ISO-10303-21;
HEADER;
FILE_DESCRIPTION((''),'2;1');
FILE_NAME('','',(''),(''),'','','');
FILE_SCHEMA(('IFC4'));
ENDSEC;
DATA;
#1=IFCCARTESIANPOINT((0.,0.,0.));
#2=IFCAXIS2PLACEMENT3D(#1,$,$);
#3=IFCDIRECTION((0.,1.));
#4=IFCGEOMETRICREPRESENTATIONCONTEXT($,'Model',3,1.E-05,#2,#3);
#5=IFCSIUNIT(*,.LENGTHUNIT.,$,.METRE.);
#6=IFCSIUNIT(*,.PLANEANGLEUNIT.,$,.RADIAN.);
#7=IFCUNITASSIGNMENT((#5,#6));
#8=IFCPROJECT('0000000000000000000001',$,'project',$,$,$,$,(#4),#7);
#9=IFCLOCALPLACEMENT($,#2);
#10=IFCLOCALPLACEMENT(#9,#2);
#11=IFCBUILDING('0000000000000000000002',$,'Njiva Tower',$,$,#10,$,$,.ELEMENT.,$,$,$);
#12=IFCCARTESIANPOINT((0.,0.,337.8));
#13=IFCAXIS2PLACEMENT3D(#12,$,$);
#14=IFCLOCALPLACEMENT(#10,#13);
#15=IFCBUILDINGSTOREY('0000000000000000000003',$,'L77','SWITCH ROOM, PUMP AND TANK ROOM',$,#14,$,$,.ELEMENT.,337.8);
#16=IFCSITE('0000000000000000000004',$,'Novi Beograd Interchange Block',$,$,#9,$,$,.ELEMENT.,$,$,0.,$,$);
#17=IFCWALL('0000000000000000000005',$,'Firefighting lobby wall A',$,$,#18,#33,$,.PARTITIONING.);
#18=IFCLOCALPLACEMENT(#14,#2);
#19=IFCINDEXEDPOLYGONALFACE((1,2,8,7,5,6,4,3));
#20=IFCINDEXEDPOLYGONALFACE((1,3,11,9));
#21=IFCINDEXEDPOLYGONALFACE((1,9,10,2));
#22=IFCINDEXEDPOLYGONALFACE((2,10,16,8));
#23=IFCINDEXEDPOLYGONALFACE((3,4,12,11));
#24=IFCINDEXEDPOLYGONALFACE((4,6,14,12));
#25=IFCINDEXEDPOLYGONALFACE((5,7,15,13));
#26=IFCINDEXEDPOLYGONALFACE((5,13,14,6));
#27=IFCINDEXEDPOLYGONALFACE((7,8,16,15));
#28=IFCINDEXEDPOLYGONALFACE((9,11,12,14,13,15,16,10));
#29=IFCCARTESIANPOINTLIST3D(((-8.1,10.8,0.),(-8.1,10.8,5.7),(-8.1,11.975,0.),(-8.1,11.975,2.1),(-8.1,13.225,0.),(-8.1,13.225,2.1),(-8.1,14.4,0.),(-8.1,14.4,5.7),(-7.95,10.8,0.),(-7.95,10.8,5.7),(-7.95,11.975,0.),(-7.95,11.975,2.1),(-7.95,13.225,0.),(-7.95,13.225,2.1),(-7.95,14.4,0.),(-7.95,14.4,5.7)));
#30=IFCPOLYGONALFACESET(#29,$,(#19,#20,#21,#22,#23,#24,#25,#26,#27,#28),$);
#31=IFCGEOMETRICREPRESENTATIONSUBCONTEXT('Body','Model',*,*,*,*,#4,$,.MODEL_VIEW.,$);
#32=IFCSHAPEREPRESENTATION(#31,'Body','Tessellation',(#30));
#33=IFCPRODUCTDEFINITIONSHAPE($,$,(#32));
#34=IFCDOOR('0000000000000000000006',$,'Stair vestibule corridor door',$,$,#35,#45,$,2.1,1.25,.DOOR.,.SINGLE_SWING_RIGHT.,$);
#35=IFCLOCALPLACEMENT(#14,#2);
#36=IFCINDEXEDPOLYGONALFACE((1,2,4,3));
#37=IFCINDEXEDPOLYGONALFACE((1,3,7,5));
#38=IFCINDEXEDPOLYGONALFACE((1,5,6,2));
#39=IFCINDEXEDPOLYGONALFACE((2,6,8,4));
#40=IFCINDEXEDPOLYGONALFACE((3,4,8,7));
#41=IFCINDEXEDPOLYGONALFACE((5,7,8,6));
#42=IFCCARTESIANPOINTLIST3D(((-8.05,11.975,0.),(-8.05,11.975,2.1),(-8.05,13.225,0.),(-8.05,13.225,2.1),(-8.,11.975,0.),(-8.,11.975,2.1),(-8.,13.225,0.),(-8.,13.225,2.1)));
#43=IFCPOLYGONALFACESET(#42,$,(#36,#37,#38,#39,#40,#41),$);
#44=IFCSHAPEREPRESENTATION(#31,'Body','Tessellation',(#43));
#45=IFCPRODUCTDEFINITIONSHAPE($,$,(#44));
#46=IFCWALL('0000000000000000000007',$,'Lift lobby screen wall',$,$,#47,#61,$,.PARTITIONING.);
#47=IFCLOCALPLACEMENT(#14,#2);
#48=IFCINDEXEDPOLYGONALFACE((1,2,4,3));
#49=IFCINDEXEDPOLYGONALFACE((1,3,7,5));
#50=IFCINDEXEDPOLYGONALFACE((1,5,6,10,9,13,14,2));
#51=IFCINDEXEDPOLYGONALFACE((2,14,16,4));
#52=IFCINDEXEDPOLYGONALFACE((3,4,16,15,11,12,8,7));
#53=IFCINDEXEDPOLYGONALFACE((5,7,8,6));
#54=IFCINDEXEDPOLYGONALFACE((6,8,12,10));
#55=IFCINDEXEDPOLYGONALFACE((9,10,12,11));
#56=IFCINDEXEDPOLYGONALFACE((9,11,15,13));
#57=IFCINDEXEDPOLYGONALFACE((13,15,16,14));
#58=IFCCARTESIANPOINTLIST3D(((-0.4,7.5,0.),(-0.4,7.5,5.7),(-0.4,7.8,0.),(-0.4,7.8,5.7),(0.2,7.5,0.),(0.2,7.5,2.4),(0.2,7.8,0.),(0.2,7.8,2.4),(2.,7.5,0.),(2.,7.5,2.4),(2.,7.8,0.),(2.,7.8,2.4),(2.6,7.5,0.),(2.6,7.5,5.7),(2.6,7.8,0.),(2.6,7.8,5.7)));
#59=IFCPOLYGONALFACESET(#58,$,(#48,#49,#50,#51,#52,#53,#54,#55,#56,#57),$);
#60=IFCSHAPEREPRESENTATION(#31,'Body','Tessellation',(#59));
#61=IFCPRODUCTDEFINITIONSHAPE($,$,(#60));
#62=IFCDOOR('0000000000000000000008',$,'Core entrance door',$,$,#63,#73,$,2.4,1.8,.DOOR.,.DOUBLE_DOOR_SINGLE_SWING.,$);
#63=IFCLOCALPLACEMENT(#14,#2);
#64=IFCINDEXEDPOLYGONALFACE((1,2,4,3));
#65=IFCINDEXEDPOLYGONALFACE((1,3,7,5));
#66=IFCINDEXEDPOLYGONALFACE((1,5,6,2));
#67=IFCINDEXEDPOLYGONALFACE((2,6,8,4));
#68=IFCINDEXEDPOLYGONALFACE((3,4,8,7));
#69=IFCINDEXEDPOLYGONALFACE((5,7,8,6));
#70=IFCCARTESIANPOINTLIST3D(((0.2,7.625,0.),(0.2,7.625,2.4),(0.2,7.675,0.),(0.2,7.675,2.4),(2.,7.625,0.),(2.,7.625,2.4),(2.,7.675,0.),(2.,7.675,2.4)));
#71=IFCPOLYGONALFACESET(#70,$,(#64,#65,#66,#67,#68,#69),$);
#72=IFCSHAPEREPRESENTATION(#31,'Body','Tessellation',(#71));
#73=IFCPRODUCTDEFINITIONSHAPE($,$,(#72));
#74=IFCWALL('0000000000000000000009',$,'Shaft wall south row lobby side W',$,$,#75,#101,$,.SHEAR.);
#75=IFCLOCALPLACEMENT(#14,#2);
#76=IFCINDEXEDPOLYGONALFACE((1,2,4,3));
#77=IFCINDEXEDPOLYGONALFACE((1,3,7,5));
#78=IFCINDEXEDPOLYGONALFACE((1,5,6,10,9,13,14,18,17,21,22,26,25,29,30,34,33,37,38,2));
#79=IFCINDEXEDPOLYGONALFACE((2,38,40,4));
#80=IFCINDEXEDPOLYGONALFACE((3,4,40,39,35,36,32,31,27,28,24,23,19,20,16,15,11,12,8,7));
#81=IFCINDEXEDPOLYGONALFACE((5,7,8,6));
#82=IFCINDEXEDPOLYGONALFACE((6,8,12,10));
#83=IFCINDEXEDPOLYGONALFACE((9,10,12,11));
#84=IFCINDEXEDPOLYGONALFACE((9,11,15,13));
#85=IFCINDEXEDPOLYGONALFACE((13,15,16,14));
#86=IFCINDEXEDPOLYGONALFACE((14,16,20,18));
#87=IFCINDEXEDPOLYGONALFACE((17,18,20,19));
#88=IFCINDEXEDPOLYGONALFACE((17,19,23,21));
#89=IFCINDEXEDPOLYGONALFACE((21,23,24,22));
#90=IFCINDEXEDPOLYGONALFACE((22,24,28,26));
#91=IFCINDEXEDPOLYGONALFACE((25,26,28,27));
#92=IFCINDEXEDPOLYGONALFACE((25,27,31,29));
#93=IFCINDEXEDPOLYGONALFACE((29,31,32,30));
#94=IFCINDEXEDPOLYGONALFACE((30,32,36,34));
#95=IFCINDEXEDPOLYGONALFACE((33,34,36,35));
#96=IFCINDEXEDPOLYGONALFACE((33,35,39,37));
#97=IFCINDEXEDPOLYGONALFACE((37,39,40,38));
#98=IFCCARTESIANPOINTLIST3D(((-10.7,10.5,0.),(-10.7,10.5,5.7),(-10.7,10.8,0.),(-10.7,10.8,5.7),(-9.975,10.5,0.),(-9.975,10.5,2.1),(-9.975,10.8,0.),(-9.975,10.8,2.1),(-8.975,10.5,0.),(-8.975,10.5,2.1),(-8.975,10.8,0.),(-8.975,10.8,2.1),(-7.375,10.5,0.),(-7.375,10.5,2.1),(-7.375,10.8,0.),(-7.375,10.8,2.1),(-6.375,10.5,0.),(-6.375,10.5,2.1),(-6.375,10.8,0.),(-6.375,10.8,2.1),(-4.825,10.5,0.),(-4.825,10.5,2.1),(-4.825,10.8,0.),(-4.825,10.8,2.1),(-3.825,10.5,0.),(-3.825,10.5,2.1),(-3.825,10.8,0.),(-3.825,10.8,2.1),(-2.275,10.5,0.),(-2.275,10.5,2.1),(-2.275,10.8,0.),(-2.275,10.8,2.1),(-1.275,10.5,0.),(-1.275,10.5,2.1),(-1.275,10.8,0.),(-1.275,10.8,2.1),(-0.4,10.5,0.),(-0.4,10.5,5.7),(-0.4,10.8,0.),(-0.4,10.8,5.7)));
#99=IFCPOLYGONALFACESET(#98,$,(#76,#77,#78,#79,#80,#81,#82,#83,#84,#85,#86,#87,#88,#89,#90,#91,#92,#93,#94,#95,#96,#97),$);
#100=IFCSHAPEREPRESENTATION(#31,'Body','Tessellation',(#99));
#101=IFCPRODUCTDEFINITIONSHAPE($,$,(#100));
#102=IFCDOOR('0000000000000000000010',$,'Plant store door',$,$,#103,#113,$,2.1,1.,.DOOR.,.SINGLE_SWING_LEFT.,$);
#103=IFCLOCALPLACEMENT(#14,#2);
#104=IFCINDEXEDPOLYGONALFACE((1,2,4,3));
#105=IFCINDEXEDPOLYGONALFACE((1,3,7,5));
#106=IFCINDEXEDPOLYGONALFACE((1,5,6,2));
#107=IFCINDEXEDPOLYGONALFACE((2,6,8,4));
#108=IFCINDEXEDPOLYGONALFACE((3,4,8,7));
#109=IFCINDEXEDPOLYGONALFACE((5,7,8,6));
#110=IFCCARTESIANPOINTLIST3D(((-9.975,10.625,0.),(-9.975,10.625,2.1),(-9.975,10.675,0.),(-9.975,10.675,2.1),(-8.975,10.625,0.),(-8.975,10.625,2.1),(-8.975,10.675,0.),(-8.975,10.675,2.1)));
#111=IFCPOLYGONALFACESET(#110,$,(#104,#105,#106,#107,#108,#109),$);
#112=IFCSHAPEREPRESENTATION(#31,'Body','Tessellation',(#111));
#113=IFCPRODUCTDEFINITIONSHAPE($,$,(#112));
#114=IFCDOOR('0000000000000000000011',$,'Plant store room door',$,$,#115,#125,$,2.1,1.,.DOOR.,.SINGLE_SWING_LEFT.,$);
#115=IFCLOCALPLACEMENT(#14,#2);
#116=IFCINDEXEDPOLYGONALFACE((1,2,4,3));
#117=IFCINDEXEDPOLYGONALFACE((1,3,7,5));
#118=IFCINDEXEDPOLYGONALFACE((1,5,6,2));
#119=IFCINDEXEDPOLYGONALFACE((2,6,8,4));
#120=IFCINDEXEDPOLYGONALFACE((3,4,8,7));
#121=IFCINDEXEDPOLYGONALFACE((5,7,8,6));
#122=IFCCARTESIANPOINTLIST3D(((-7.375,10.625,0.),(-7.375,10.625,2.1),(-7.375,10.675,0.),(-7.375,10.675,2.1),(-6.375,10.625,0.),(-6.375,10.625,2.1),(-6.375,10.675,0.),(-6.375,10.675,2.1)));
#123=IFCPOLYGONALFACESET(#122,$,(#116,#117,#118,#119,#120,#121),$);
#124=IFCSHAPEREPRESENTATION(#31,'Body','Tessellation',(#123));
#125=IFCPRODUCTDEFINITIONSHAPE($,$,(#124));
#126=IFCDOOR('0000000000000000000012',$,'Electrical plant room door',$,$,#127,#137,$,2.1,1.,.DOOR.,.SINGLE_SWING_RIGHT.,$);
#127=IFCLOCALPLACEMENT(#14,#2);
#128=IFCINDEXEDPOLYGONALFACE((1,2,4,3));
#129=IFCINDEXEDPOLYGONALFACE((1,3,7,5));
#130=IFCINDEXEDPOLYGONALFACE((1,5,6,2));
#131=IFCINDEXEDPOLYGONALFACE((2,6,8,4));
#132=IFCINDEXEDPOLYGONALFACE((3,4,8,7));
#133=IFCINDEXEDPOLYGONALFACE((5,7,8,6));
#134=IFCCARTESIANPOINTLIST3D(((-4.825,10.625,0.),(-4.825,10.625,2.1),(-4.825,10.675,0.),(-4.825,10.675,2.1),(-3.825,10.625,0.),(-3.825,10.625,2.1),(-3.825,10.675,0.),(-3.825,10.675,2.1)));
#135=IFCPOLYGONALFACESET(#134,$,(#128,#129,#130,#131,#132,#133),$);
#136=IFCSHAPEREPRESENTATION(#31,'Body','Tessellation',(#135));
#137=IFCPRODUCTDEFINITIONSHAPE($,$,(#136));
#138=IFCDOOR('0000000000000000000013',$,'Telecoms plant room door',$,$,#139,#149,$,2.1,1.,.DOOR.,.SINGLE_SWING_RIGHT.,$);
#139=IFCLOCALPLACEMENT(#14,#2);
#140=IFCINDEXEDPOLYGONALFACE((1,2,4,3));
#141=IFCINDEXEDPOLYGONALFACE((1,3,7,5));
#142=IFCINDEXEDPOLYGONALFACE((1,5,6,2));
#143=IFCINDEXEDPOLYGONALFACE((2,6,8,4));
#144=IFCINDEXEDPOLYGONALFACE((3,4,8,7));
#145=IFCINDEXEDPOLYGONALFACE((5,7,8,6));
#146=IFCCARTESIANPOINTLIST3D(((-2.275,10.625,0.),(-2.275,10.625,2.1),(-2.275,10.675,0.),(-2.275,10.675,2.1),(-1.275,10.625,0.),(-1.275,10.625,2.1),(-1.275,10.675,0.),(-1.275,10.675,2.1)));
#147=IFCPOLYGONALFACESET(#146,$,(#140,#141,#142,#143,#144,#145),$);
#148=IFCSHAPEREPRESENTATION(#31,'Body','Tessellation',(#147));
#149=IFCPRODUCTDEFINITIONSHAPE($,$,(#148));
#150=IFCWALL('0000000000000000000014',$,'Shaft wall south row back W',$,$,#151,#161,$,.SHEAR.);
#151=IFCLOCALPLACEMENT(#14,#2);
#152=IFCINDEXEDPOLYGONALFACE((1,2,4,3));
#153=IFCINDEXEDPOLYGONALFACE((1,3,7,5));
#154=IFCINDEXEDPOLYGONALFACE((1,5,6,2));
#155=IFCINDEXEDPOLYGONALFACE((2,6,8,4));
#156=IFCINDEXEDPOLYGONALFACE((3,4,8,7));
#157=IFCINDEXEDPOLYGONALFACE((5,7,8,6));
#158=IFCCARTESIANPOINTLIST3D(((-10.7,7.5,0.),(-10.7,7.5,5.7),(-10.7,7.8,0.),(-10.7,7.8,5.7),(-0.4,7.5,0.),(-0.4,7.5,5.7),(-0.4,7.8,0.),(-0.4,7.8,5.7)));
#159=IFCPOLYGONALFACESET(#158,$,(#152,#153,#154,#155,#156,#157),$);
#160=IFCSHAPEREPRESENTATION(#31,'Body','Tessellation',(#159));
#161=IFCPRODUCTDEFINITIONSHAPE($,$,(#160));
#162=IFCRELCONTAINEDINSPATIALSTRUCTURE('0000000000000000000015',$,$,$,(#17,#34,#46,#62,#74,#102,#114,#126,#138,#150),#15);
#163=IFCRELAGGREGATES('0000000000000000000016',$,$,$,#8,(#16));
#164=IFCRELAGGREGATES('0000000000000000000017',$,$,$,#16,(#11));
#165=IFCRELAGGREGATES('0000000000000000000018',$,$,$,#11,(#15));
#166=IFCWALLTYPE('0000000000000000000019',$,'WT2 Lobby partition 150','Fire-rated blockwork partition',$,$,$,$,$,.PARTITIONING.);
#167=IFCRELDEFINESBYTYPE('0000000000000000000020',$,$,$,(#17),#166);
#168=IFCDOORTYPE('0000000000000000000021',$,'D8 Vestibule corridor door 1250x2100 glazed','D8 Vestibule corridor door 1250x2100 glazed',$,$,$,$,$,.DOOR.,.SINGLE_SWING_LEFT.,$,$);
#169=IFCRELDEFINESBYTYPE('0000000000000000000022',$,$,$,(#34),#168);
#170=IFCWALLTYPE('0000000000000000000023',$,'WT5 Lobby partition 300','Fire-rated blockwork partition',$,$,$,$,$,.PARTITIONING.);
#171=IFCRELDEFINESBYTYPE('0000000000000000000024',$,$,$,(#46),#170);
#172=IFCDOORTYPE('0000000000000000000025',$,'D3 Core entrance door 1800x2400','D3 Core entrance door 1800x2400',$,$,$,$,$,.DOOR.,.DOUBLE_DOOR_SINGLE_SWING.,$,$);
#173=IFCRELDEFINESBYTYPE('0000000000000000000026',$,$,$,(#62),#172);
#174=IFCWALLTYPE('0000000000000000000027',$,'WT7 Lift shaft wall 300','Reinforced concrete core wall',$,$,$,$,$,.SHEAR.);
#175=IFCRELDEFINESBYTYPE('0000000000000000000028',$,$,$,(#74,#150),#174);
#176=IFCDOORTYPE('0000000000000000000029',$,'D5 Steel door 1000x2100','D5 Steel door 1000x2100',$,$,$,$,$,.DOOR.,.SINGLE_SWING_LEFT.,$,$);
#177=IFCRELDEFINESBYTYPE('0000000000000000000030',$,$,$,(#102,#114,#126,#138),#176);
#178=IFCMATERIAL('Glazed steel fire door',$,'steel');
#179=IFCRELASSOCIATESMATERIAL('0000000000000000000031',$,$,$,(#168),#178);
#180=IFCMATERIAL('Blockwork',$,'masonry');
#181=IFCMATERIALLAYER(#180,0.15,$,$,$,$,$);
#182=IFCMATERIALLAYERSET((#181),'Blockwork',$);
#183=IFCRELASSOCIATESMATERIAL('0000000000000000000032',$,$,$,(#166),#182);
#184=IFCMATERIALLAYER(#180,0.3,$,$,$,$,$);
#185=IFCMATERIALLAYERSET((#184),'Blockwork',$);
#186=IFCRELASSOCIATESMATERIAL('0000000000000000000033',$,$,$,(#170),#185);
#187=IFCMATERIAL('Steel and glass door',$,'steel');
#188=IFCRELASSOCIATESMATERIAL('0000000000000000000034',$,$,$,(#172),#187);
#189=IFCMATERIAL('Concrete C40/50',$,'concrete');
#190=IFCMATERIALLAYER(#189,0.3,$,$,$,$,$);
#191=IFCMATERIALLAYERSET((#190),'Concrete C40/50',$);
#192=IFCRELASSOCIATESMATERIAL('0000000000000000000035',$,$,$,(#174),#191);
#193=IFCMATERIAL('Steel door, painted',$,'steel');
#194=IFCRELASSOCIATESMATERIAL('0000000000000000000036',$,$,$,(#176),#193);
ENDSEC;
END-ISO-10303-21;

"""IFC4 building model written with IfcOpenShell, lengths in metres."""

from ifc_helpers import new_model, si_unit, direction, frame, frame_2d, origin, place, context, subcontext, project, spatial, rectangle, extrude, material, layer, layer_set, type_object, element, fill, save


model = new_model("IFC4")

# Units and contexts
model_context = context("Model", 3, precision=1e-05, world=origin(), true_north=direction((0.0, 1.0)))
body_context = subcontext(model_context, "Body", "Model", "MODEL_VIEW")
ifc_project = project(units=[si_unit("LENGTHUNIT", "METRE"), si_unit("PLANEANGLEUNIT", "RADIAN")], contexts=[model_context])

# Site, building, storey
site_placement = place(None, origin())
site = spatial("IfcSite", under=ifc_project, at=site_placement, Name="Novi Beograd Interchange Block", CompositionType="ELEMENT", RefElevation=0.0)
building_placement = place(site_placement, origin())
building = spatial("IfcBuilding", under=site, at=building_placement, Name="Njiva Tower", CompositionType="ELEMENT")
storey_placement = place(building_placement, frame((0.0, 0.0, 337.8)))
storey = spatial("IfcBuildingStorey", under=building, at=storey_placement, Name="L77", Description="SWITCH ROOM, PUMP AND TANK ROOM", CompositionType="ELEMENT", Elevation=337.8)

# Shared definitions
ifc_material_1 = material(Name="Blockwork", Category="masonry")

# Shared definitions
ifc_material_2 = material(Name="Concrete C40/50", Category="concrete")
ifc_material_3 = material(Name="Steel door, painted", Category="steel")
ifc_material_4 = material(Name="Glazed steel fire door", Category="steel")
door_type_1 = type_object("IfcDoorType", Name="D8 Vestibule corridor door 1250x2100 glazed", Description="D8 Vestibule corridor door 1250x2100 glazed", OperationType="SINGLE_SWING_LEFT", PredefinedType="DOOR", material=ifc_material_4)

# Walls, openings, doors
ifc_layer_1 = layer(ifc_material_1, 0.15)
ifc_layer_set_1 = layer_set([ifc_layer_1], Name="Blockwork")
wall_type_1 = type_object("IfcWallType", Name="WT2 Lobby partition 150", Description="Fire-rated blockwork partition", PredefinedType="PARTITIONING", material=ifc_layer_set_1)
wall_1_placement = place(storey_placement, frame((-8.025, 10.8, 0.0), z_axis=(0.0, 0.0, 1.0), x_axis=(0.0, 1.0, 0.0)))
wall_1 = element("IfcWall", 1, at=wall_1_placement, inside=storey, type_object=wall_type_1, Name="Firefighting lobby wall A", PredefinedType="PARTITIONING", context=body_context, shape_type="SweptSolid", body=[
    extrude(rectangle(XDim=3.6, YDim=0.15, at=frame_2d((1.8, 0.0))), origin(), (0.0, 0.0, 1.0), 5.7),
])
opening_1_placement = place(wall_1_placement, frame((1.175, 0.0, 0.0)))
opening_1 = element("IfcOpeningElement", 2, at=opening_1_placement, cuts=wall_1, PredefinedType="OPENING", context=body_context, shape_type="SweptSolid", body=[
    extrude(rectangle(XDim=1.25, YDim=2.1, at=frame_2d((0.625, 1.05))), frame((0.0, 0.085, 0.0), z_axis=(0.0, -1.0, 0.0), x_axis=(1.0, 0.0, 0.0)), (0.0, 0.0, 1.0), 0.17),
])
door_1_placement = place(opening_1_placement, origin())
door_1 = element("IfcDoor", 3, at=door_1_placement, inside=storey, type_object=door_type_1, Name="Stair vestibule corridor door", OperationType="SINGLE_SWING_RIGHT", OverallHeight=2.1, OverallWidth=1.25, PredefinedType="DOOR", context=body_context, shape_type="SweptSolid", body=[
    extrude(rectangle(XDim=1.25, YDim=2.1, at=frame_2d((0.625, 1.05))), frame((0.0, 0.025, 0.0), z_axis=(0.0, -1.0, 0.0), x_axis=(1.0, 0.0, 0.0)), (0.0, 0.0, 1.0), 0.05),
])
fill(opening_1, door_1)
ifc_layer_2 = layer(ifc_material_1, 0.3)
ifc_layer_set_2 = layer_set([ifc_layer_2], Name="Blockwork")
wall_type_2 = type_object("IfcWallType", Name="WT5 Lobby partition 300", Description="Fire-rated blockwork partition", PredefinedType="PARTITIONING", material=ifc_layer_set_2)
wall_2_placement = place(storey_placement, frame((-0.4, 7.65, 0.0), z_axis=(0.0, 0.0, 1.0), x_axis=(1.0, 0.0, 0.0)))
wall_2 = element("IfcWall", 4, at=wall_2_placement, inside=storey, type_object=wall_type_2, Name="Lift lobby screen wall", PredefinedType="PARTITIONING", context=body_context, shape_type="SweptSolid", body=[
    extrude(rectangle(XDim=3.0, YDim=0.3, at=frame_2d((1.5, 0.0))), origin(), (0.0, 0.0, 1.0), 5.7),
])
opening_2_placement = place(wall_2_placement, frame((0.6, 0.0, 0.0)))
opening_2 = element("IfcOpeningElement", 5, at=opening_2_placement, cuts=wall_2, PredefinedType="OPENING", context=body_context, shape_type="SweptSolid", body=[
    extrude(rectangle(XDim=1.8, YDim=2.4, at=frame_2d((0.9, 1.2))), frame((0.0, 0.16, 0.0), z_axis=(0.0, -1.0, 0.0), x_axis=(1.0, 0.0, 0.0)), (0.0, 0.0, 1.0), 0.32),
])
ifc_material_5 = material(Name="Steel and glass door", Category="steel")
door_type_2 = type_object("IfcDoorType", Name="D3 Core entrance door 1800x2400", Description="D3 Core entrance door 1800x2400", OperationType="DOUBLE_DOOR_SINGLE_SWING", PredefinedType="DOOR", material=ifc_material_5)
door_2_placement = place(opening_2_placement, origin())
door_2 = element("IfcDoor", 6, at=door_2_placement, inside=storey, type_object=door_type_2, Name="Core entrance door", OperationType="DOUBLE_DOOR_SINGLE_SWING", OverallHeight=2.4, OverallWidth=1.8, PredefinedType="DOOR", context=body_context, shape_type="SweptSolid", body=[
    extrude(rectangle(XDim=1.8, YDim=2.4, at=frame_2d((0.9, 1.2))), frame((0.0, 0.025, 0.0), z_axis=(0.0, -1.0, 0.0), x_axis=(1.0, 0.0, 0.0)), (0.0, 0.0, 1.0), 0.05),
])
fill(opening_2, door_2)

# Wall, openings, doors
ifc_layer_3 = layer(ifc_material_2, 0.3)
ifc_layer_set_3 = layer_set([ifc_layer_3], Name="Concrete C40/50")
wall_type_3 = type_object("IfcWallType", Name="WT7 Lift shaft wall 300", Description="Reinforced concrete core wall", PredefinedType="SHEAR", material=ifc_layer_set_3)
wall_3_placement = place(storey_placement, frame((-10.7, 10.65, 0.0), z_axis=(0.0, 0.0, 1.0), x_axis=(1.0, 0.0, 0.0)))
wall_3 = element("IfcWall", 7, at=wall_3_placement, inside=storey, type_object=wall_type_3, Name="Shaft wall south row lobby side W", PredefinedType="SHEAR", context=body_context, shape_type="SweptSolid", body=[
    extrude(rectangle(XDim=10.3, YDim=0.3, at=frame_2d((5.15, 0.0))), origin(), (0.0, 0.0, 1.0), 5.7),
])
opening_3_placement = place(wall_3_placement, frame((0.725, 0.0, 0.0)))
opening_3 = element("IfcOpeningElement", 8, at=opening_3_placement, cuts=wall_3, PredefinedType="OPENING", context=body_context, shape_type="SweptSolid", body=[
    extrude(rectangle(XDim=1.0, YDim=2.1, at=frame_2d((0.5, 1.05))), frame((0.0, 0.16, 0.0), z_axis=(0.0, -1.0, 0.0), x_axis=(1.0, 0.0, 0.0)), (0.0, 0.0, 1.0), 0.32),
])
opening_4_placement = place(wall_3_placement, frame((3.325, 0.0, 0.0)))
opening_4 = element("IfcOpeningElement", 9, at=opening_4_placement, cuts=wall_3, PredefinedType="OPENING", context=body_context, shape_type="SweptSolid", body=[
    extrude(rectangle(XDim=1.0, YDim=2.1, at=frame_2d((0.5, 1.05))), frame((0.0, 0.16, 0.0), z_axis=(0.0, -1.0, 0.0), x_axis=(1.0, 0.0, 0.0)), (0.0, 0.0, 1.0), 0.32),
])
opening_5_placement = place(wall_3_placement, frame((5.875, 0.0, 0.0)))
opening_5 = element("IfcOpeningElement", 10, at=opening_5_placement, cuts=wall_3, PredefinedType="OPENING", context=body_context, shape_type="SweptSolid", body=[
    extrude(rectangle(XDim=1.0, YDim=2.1, at=frame_2d((0.5, 1.05))), frame((0.0, 0.16, 0.0), z_axis=(0.0, -1.0, 0.0), x_axis=(1.0, 0.0, 0.0)), (0.0, 0.0, 1.0), 0.32),
])
opening_6_placement = place(wall_3_placement, frame((8.425, 0.0, 0.0)))
opening_6 = element("IfcOpeningElement", 11, at=opening_6_placement, cuts=wall_3, PredefinedType="OPENING", context=body_context, shape_type="SweptSolid", body=[
    extrude(rectangle(XDim=1.0, YDim=2.1, at=frame_2d((0.5, 1.05))), frame((0.0, 0.16, 0.0), z_axis=(0.0, -1.0, 0.0), x_axis=(1.0, 0.0, 0.0)), (0.0, 0.0, 1.0), 0.32),
])
door_type_3 = type_object("IfcDoorType", Name="D5 Steel door 1000x2100", Description="D5 Steel door 1000x2100", OperationType="SINGLE_SWING_LEFT", PredefinedType="DOOR", material=ifc_material_3)
door_3_placement = place(opening_3_placement, origin())
door_3 = element("IfcDoor", 12, at=door_3_placement, inside=storey, type_object=door_type_3, Name="Plant store door", OperationType="SINGLE_SWING_LEFT", OverallHeight=2.1, OverallWidth=1.0, PredefinedType="DOOR", context=body_context, shape_type="SweptSolid", body=[
    extrude(rectangle(XDim=1.0, YDim=2.1, at=frame_2d((0.5, 1.05))), frame((0.0, 0.025, 0.0), z_axis=(0.0, -1.0, 0.0), x_axis=(1.0, 0.0, 0.0)), (0.0, 0.0, 1.0), 0.05),
])
fill(opening_3, door_3)
door_4_placement = place(opening_4_placement, origin())
door_4 = element("IfcDoor", 13, at=door_4_placement, inside=storey, type_object=door_type_3, Name="Plant store room door", OperationType="SINGLE_SWING_LEFT", OverallHeight=2.1, OverallWidth=1.0, PredefinedType="DOOR", context=body_context, shape_type="SweptSolid", body=[
    extrude(rectangle(XDim=1.0, YDim=2.1, at=frame_2d((0.5, 1.05))), frame((0.0, 0.025, 0.0), z_axis=(0.0, -1.0, 0.0), x_axis=(1.0, 0.0, 0.0)), (0.0, 0.0, 1.0), 0.05),
])
fill(opening_4, door_4)
door_5_placement = place(opening_5_placement, origin())
door_5 = element("IfcDoor", 14, at=door_5_placement, inside=storey, type_object=door_type_3, Name="Electrical plant room door", OperationType="SINGLE_SWING_RIGHT", OverallHeight=2.1, OverallWidth=1.0, PredefinedType="DOOR", context=body_context, shape_type="SweptSolid", body=[
    extrude(rectangle(XDim=1.0, YDim=2.1, at=frame_2d((0.5, 1.05))), frame((0.0, 0.025, 0.0), z_axis=(0.0, -1.0, 0.0), x_axis=(1.0, 0.0, 0.0)), (0.0, 0.0, 1.0), 0.05),
])
fill(opening_5, door_5)
door_6_placement = place(opening_6_placement, origin())
door_6 = element("IfcDoor", 15, at=door_6_placement, inside=storey, type_object=door_type_3, Name="Telecoms plant room door", OperationType="SINGLE_SWING_RIGHT", OverallHeight=2.1, OverallWidth=1.0, PredefinedType="DOOR", context=body_context, shape_type="SweptSolid", body=[
    extrude(rectangle(XDim=1.0, YDim=2.1, at=frame_2d((0.5, 1.05))), frame((0.0, 0.025, 0.0), z_axis=(0.0, -1.0, 0.0), x_axis=(1.0, 0.0, 0.0)), (0.0, 0.0, 1.0), 0.05),
])
fill(opening_6, door_6)

# Wall
wall_4_placement = place(storey_placement, frame((-10.7, 7.65, 0.0), z_axis=(0.0, 0.0, 1.0), x_axis=(1.0, 0.0, 0.0)))
element("IfcWall", 16, at=wall_4_placement, inside=storey, type_object=wall_type_3, Name="Shaft wall south row back W", PredefinedType="SHEAR", context=body_context, shape_type="SweptSolid", body=[
    extrude(rectangle(XDim=10.3, YDim=0.3, at=frame_2d((5.15, 0.0))), origin(), (0.0, 0.0, 1.0), 5.7),
])

save(model, "model.ifc")
